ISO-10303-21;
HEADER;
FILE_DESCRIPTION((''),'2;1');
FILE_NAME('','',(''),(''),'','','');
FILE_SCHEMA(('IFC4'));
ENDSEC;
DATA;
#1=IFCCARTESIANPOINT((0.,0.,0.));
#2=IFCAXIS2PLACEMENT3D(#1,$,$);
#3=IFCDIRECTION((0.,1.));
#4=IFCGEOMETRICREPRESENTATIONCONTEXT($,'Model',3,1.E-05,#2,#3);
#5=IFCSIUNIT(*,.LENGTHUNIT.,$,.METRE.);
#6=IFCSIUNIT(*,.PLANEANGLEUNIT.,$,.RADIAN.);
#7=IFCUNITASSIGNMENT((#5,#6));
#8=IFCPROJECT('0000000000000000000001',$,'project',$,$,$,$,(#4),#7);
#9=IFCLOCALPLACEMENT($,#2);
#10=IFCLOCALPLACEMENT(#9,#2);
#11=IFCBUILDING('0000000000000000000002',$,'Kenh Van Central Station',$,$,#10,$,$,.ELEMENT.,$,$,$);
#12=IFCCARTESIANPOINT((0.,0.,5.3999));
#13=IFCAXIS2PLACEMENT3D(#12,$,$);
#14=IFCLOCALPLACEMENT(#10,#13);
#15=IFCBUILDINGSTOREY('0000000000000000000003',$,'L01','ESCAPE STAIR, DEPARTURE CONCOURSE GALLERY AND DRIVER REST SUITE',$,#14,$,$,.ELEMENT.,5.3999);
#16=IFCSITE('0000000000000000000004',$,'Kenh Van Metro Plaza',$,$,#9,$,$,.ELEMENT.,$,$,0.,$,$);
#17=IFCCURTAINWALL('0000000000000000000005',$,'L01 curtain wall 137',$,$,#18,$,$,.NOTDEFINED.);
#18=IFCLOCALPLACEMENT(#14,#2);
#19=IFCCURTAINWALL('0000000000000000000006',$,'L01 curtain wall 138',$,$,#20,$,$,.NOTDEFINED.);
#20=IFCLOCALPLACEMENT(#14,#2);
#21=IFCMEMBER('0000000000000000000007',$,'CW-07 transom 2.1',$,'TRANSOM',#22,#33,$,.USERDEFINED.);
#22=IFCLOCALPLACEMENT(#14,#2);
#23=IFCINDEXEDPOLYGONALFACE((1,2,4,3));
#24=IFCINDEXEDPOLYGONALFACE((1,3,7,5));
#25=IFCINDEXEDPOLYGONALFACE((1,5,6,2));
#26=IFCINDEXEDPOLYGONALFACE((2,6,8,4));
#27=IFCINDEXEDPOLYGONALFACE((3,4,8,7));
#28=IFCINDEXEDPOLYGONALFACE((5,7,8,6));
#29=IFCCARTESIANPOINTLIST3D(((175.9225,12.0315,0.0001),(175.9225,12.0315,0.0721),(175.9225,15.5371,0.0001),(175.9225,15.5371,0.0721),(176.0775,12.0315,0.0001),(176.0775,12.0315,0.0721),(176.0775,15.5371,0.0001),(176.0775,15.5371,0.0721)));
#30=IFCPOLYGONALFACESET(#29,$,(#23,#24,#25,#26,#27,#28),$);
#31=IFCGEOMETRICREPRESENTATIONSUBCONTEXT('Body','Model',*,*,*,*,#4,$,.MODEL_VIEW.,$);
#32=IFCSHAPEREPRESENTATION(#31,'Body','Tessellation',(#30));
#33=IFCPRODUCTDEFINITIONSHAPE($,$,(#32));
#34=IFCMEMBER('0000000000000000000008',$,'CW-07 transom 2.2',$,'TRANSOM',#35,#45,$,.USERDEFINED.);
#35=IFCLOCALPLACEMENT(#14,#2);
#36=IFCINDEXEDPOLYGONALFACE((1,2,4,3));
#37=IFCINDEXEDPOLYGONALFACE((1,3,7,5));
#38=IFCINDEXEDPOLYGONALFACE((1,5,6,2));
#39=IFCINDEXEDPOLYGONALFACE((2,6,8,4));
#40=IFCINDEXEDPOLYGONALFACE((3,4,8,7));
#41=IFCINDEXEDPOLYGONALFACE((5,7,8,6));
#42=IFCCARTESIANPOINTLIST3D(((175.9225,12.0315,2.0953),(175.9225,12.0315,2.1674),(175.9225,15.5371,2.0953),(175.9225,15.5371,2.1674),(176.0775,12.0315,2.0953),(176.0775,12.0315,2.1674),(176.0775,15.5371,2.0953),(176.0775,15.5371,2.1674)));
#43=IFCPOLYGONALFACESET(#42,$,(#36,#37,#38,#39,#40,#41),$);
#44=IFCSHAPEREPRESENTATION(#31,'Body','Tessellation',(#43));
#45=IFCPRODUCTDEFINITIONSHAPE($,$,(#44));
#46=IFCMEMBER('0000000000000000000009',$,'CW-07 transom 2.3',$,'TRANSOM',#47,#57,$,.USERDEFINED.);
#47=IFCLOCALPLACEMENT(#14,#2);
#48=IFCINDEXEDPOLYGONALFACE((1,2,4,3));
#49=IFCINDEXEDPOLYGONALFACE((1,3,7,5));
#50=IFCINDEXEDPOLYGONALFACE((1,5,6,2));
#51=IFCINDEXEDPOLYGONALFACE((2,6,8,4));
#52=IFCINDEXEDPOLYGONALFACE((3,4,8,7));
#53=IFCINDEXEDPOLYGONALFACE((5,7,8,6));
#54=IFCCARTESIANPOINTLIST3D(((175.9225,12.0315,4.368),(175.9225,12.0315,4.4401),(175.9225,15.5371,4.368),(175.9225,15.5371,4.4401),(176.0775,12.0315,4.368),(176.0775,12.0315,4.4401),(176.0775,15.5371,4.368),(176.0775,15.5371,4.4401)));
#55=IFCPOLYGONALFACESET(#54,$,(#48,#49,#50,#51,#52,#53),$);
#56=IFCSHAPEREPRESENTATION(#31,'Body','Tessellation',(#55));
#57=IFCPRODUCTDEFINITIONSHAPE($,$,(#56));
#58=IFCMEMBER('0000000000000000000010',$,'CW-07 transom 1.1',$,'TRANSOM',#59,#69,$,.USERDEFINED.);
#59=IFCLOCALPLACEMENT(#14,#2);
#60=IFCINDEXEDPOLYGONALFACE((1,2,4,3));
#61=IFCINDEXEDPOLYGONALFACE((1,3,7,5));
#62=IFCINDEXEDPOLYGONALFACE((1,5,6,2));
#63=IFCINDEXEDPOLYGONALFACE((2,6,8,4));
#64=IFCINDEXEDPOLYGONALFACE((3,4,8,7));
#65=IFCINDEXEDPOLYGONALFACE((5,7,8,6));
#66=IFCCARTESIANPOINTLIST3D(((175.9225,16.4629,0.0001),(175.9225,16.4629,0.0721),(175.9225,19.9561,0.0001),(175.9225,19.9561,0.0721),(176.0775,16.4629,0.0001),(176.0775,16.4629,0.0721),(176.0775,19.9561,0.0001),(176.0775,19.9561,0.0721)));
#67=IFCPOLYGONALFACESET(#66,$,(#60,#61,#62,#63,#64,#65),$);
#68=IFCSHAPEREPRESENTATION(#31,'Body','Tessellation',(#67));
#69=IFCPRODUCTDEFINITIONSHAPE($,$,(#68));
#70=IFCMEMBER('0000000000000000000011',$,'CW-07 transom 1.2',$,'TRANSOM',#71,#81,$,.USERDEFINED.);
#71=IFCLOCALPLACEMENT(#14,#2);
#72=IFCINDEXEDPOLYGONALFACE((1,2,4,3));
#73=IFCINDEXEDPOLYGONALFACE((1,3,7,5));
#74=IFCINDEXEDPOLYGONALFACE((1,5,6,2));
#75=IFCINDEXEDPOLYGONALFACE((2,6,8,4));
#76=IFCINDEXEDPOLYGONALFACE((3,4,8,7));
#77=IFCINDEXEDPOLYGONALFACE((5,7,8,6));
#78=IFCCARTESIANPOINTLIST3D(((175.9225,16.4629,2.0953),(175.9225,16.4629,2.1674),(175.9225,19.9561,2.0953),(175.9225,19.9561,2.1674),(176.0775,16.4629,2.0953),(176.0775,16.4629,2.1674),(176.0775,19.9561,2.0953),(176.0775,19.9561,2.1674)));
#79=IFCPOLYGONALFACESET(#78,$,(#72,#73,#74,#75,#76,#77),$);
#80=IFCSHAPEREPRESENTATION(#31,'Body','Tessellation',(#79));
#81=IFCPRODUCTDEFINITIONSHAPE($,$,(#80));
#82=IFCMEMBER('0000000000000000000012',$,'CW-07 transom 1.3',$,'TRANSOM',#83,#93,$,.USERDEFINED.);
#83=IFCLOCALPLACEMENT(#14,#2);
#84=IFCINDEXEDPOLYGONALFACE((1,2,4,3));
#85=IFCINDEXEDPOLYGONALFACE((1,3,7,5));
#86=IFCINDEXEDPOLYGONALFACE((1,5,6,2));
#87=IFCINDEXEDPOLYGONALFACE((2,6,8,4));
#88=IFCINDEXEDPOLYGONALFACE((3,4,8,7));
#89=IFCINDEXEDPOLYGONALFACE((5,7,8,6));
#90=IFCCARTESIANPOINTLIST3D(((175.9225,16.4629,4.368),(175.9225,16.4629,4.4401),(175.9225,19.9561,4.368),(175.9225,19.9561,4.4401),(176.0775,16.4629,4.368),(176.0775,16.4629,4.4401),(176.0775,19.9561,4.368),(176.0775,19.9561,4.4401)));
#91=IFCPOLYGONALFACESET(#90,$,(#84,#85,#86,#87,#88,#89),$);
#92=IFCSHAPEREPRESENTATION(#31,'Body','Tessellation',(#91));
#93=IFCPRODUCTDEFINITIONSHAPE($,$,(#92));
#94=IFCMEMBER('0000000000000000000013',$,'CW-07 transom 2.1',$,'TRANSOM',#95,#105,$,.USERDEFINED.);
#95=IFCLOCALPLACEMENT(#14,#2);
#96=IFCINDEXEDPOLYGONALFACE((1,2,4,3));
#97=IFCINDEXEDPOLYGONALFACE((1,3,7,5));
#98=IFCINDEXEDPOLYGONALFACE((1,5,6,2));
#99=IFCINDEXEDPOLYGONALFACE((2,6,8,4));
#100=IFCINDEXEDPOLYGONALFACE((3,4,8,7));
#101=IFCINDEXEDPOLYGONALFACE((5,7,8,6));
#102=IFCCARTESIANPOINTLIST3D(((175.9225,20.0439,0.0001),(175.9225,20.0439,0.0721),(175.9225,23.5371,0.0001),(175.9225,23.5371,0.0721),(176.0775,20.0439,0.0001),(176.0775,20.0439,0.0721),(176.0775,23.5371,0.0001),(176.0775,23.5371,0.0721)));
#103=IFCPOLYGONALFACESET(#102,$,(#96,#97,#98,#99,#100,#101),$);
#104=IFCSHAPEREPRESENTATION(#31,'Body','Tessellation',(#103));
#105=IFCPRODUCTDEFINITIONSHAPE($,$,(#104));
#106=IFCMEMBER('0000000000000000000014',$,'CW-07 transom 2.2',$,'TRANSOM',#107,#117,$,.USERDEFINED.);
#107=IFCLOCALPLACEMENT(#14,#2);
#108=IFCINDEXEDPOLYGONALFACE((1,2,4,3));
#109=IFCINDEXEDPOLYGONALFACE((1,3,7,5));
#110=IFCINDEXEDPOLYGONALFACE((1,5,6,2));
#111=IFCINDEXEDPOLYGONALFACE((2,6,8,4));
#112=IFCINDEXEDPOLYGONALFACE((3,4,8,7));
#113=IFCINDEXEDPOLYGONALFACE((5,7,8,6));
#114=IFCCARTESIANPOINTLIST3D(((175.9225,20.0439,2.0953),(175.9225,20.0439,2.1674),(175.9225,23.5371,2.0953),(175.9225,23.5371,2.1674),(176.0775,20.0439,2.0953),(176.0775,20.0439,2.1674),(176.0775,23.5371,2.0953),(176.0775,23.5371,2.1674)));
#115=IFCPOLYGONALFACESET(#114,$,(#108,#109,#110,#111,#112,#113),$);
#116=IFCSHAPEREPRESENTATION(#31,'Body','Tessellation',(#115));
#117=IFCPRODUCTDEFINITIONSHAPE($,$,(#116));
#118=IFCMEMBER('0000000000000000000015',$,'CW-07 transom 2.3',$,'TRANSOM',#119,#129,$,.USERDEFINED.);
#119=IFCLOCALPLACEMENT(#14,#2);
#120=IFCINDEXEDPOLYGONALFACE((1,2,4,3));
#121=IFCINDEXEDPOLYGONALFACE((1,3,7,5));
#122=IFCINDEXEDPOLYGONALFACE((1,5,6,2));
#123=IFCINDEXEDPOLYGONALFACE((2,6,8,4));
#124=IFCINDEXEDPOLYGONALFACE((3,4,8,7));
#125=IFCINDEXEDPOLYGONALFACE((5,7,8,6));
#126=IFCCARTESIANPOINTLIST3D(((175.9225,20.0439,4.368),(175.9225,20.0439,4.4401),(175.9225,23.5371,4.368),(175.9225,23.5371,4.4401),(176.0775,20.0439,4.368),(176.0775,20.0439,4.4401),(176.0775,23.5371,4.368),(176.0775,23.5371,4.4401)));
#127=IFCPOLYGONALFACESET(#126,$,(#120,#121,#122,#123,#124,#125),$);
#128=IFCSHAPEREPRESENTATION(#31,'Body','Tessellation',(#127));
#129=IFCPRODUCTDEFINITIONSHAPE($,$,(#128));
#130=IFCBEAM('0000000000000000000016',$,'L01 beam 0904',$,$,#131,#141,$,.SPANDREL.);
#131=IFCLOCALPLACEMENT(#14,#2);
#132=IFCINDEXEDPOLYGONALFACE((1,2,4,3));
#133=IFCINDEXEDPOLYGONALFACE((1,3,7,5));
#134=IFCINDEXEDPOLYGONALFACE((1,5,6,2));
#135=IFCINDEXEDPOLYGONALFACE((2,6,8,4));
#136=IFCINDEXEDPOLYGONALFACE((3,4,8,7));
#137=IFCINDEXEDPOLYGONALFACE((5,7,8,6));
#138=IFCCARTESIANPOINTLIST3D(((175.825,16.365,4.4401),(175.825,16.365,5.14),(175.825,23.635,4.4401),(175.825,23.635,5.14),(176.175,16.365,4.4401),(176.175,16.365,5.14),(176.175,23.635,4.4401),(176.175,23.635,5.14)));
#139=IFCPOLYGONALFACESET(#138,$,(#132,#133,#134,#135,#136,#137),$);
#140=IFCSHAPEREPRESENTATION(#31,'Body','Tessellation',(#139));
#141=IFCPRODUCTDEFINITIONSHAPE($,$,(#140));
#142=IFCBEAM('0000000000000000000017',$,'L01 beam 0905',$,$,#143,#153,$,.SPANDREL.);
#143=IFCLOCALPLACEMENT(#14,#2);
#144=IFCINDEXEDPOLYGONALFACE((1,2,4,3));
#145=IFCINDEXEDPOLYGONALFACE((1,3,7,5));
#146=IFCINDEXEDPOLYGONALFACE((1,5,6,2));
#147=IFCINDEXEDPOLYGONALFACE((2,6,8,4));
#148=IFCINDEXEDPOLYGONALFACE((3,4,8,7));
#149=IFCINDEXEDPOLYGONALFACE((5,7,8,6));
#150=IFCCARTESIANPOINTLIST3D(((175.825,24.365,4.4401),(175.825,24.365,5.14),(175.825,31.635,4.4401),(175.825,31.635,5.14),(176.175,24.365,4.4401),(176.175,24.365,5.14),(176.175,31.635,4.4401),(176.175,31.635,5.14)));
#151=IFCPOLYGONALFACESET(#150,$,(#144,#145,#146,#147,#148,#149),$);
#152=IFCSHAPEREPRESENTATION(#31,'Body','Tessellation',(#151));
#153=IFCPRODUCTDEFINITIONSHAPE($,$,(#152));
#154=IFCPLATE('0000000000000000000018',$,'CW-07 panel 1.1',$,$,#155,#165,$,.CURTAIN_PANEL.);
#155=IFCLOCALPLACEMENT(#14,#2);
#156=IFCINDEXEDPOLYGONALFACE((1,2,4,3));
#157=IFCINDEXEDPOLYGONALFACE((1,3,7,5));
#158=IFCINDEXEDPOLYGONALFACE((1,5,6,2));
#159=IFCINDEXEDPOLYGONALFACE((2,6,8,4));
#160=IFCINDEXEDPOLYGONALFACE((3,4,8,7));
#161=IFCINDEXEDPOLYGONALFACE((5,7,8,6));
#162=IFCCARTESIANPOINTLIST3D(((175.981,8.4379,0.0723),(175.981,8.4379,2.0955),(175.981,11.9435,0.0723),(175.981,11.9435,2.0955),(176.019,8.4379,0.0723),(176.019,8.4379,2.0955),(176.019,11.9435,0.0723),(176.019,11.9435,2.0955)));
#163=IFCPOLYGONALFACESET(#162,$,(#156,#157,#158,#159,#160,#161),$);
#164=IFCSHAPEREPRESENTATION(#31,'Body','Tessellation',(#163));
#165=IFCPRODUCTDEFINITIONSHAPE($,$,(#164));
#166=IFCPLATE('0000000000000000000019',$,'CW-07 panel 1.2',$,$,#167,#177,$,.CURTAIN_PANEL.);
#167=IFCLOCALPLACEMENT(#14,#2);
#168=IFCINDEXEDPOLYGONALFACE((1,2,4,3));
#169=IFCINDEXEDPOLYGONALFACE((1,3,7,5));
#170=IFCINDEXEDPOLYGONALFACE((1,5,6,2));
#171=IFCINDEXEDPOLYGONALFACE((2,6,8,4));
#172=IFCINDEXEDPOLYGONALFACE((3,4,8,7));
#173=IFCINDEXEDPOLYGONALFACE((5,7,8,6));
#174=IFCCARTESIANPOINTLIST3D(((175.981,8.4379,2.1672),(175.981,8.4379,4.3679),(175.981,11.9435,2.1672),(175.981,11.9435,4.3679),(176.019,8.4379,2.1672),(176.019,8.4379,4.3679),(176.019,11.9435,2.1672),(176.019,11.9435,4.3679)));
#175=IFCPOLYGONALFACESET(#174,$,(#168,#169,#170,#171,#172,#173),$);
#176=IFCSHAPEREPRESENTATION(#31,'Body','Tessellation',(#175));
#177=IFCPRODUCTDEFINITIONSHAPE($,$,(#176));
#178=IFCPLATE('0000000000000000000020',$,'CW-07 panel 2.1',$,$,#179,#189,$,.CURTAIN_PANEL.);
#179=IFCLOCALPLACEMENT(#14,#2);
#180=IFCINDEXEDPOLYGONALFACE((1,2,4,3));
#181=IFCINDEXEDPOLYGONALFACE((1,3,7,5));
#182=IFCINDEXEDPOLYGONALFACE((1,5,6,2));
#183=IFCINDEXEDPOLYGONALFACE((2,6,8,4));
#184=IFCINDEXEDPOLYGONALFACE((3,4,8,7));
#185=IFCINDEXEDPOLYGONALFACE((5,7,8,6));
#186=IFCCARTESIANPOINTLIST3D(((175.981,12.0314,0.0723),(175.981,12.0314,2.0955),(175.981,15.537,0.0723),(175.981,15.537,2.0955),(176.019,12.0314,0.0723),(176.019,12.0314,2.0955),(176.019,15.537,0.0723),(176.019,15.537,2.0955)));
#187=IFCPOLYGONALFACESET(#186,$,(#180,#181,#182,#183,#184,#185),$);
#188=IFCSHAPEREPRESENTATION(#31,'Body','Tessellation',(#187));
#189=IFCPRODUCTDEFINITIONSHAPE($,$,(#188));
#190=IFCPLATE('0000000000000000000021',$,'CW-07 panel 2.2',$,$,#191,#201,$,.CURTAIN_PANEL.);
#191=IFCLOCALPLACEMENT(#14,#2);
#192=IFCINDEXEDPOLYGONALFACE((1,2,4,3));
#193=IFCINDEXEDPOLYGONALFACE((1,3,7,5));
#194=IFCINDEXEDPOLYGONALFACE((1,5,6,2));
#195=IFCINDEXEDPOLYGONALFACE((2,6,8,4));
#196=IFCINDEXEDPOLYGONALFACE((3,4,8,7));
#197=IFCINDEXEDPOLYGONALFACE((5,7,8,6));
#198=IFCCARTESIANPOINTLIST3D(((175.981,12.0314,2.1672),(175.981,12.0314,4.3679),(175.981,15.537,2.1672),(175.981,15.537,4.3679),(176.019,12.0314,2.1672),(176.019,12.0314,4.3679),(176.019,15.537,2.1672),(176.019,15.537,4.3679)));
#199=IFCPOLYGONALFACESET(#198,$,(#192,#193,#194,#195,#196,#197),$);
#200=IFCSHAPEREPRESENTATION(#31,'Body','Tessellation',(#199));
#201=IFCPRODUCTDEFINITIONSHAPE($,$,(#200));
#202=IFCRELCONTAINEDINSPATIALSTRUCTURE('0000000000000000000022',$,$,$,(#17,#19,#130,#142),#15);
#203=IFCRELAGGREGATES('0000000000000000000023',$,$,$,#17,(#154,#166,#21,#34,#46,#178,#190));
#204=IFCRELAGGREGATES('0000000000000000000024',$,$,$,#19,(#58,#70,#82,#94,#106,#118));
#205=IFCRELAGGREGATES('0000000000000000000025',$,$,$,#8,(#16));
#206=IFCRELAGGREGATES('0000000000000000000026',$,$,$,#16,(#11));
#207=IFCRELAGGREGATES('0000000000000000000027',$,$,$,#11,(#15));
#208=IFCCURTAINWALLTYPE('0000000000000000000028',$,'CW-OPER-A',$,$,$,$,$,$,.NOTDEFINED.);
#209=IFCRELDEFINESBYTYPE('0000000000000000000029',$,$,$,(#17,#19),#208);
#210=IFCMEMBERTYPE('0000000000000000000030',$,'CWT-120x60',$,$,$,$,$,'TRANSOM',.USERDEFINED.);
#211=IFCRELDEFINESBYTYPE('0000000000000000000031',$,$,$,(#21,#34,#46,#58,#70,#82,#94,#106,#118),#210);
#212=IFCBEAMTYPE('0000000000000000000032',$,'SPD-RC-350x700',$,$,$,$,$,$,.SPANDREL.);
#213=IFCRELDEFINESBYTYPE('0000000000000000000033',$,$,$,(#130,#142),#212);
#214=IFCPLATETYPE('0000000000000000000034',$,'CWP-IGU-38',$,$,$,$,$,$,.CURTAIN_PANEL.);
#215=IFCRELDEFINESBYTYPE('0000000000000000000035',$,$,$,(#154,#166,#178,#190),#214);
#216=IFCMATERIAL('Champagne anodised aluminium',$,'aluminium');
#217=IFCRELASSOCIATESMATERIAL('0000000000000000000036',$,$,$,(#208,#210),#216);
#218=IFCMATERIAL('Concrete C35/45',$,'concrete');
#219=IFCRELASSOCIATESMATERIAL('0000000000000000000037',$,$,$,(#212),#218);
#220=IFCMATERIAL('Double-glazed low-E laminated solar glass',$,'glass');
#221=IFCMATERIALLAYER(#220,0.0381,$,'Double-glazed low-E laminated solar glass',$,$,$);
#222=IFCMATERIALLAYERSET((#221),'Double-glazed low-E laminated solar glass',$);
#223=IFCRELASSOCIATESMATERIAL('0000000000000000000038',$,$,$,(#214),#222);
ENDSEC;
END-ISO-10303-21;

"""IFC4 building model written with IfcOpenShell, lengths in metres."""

from ifc_helpers import new_model, si_unit, direction, frame, origin, origin_2d, place, context, subcontext, project, spatial, rectangle, extrude, material, layer, layer_set, material_profile, profile_set, type_object, element, aggregate, save


model = new_model("IFC4")

# Units and contexts
model_context = context("Model", 3, precision=1e-05, world=origin(), true_north=direction((0.0, 1.0)))
body_context = subcontext(model_context, "Body", "Model", "MODEL_VIEW")
ifc_project = project(units=[si_unit("LENGTHUNIT", "METRE"), si_unit("PLANEANGLEUNIT", "RADIAN")], contexts=[model_context])

# Site, building, storey
site_placement = place(None, origin())
site = spatial("IfcSite", under=ifc_project, at=site_placement, Name="Kenh Van Metro Plaza", CompositionType="ELEMENT", RefElevation=0.0)
building_placement = place(site_placement, origin())
building = spatial("IfcBuilding", under=site, at=building_placement, Name="Kenh Van Central Station", CompositionType="ELEMENT")
storey_placement = place(building_placement, frame((0.0, 0.0, 5.3999)))
storey = spatial("IfcBuildingStorey", under=building, at=storey_placement, Name="L01", Description="ESCAPE STAIR, DEPARTURE CONCOURSE GALLERY AND DRIVER REST SUITE", CompositionType="ELEMENT", Elevation=5.3999)

# Shared definitions
ifc_material_1 = material(Name="Concrete C35/45", Category="concrete")

# Curtain walls
ifc_material_2 = material(Name="Champagne anodised aluminium", Category="aluminium")
curtain_wall_type = type_object("IfcCurtainWallType", Name="CW-OPER-A", PredefinedType="NOTDEFINED", material=ifc_material_2)
curtain_wall_1_placement = place(storey_placement, origin())
curtain_wall_1 = element("IfcCurtainWall", 1, at=curtain_wall_1_placement, inside=storey, type_object=curtain_wall_type, Name="L01 curtain wall 137", PredefinedType="NOTDEFINED")
curtain_wall_2_placement = place(storey_placement, origin())
curtain_wall_2 = element("IfcCurtainWall", 2, at=curtain_wall_2_placement, inside=storey, type_object=curtain_wall_type, Name="L01 curtain wall 138", PredefinedType="NOTDEFINED")

# Members
ifc_material_profile_1 = material_profile(ifc_material_2, rectangle(XDim=0.155, YDim=0.072, at=origin_2d()), Name="AL 155x72")
ifc_profile_set_1 = profile_set([ifc_material_profile_1], Name="Champagne anodised aluminium")
member_type_1 = type_object("IfcMemberType", Name="CWT-120x60", ElementType="TRANSOM", PredefinedType="USERDEFINED", material=ifc_profile_set_1)
member_1_placement = place(storey_placement, frame((176.0, 12.0315, 0.0361), z_axis=(0.0, 1.0, 0.0), x_axis=(-1.0, 0.0, 0.0)))
member_1 = element("IfcMember", 3, at=member_1_placement, type_object=member_type_1, Name="CW-07 transom 2.1", ObjectType="TRANSOM", PredefinedType="USERDEFINED", context=body_context, shape_type="SweptSolid", body=[
    extrude(rectangle(XDim=0.155, YDim=0.072, at=origin_2d()), origin(), (0.0, 0.0, 1.0), 3.5056),
])
member_2_placement = place(storey_placement, frame((176.0, 12.0315, 2.1313), z_axis=(0.0, 1.0, 0.0), x_axis=(-1.0, 0.0, 0.0)))
member_2 = element("IfcMember", 4, at=member_2_placement, type_object=member_type_1, Name="CW-07 transom 2.2", ObjectType="TRANSOM", PredefinedType="USERDEFINED", context=body_context, shape_type="SweptSolid", body=[
    extrude(rectangle(XDim=0.155, YDim=0.072, at=origin_2d()), origin(), (0.0, 0.0, 1.0), 3.5056),
])
member_3_placement = place(storey_placement, frame((176.0, 12.0315, 4.4041), z_axis=(0.0, 1.0, 0.0), x_axis=(-1.0, 0.0, 0.0)))
member_3 = element("IfcMember", 5, at=member_3_placement, type_object=member_type_1, Name="CW-07 transom 2.3", ObjectType="TRANSOM", PredefinedType="USERDEFINED", context=body_context, shape_type="SweptSolid", body=[
    extrude(rectangle(XDim=0.155, YDim=0.072, at=origin_2d()), origin(), (0.0, 0.0, 1.0), 3.5056),
])
member_4_placement = place(storey_placement, frame((176.0, 16.4629, 0.0361), z_axis=(0.0, 1.0, 0.0), x_axis=(-1.0, 0.0, 0.0)))
member_4 = element("IfcMember", 6, at=member_4_placement, type_object=member_type_1, Name="CW-07 transom 1.1", ObjectType="TRANSOM", PredefinedType="USERDEFINED", context=body_context, shape_type="SweptSolid", body=[
    extrude(rectangle(XDim=0.155, YDim=0.072, at=origin_2d()), origin(), (0.0, 0.0, 1.0), 3.4932),
])
member_5_placement = place(storey_placement, frame((176.0, 16.4629, 2.1313), z_axis=(0.0, 1.0, 0.0), x_axis=(-1.0, 0.0, 0.0)))
member_5 = element("IfcMember", 7, at=member_5_placement, type_object=member_type_1, Name="CW-07 transom 1.2", ObjectType="TRANSOM", PredefinedType="USERDEFINED", context=body_context, shape_type="SweptSolid", body=[
    extrude(rectangle(XDim=0.155, YDim=0.072, at=origin_2d()), origin(), (0.0, 0.0, 1.0), 3.4932),
])
member_6_placement = place(storey_placement, frame((176.0, 16.4629, 4.4041), z_axis=(0.0, 1.0, 0.0), x_axis=(-1.0, 0.0, 0.0)))
member_6 = element("IfcMember", 8, at=member_6_placement, type_object=member_type_1, Name="CW-07 transom 1.3", ObjectType="TRANSOM", PredefinedType="USERDEFINED", context=body_context, shape_type="SweptSolid", body=[
    extrude(rectangle(XDim=0.155, YDim=0.072, at=origin_2d()), origin(), (0.0, 0.0, 1.0), 3.4932),
])
member_7_placement = place(storey_placement, frame((176.0, 20.0439, 0.0361), z_axis=(0.0, 1.0, 0.0), x_axis=(-1.0, 0.0, 0.0)))
member_7 = element("IfcMember", 9, at=member_7_placement, type_object=member_type_1, Name="CW-07 transom 2.1", ObjectType="TRANSOM", PredefinedType="USERDEFINED", context=body_context, shape_type="SweptSolid", body=[
    extrude(rectangle(XDim=0.155, YDim=0.072, at=origin_2d()), origin(), (0.0, 0.0, 1.0), 3.4932),
])
member_8_placement = place(storey_placement, frame((176.0, 20.0439, 2.1313), z_axis=(0.0, 1.0, 0.0), x_axis=(-1.0, 0.0, 0.0)))
member_8 = element("IfcMember", 10, at=member_8_placement, type_object=member_type_1, Name="CW-07 transom 2.2", ObjectType="TRANSOM", PredefinedType="USERDEFINED", context=body_context, shape_type="SweptSolid", body=[
    extrude(rectangle(XDim=0.155, YDim=0.072, at=origin_2d()), origin(), (0.0, 0.0, 1.0), 3.4932),
])
member_9_placement = place(storey_placement, frame((176.0, 20.0439, 4.4041), z_axis=(0.0, 1.0, 0.0), x_axis=(-1.0, 0.0, 0.0)))
member_9 = element("IfcMember", 11, at=member_9_placement, type_object=member_type_1, Name="CW-07 transom 2.3", ObjectType="TRANSOM", PredefinedType="USERDEFINED", context=body_context, shape_type="SweptSolid", body=[
    extrude(rectangle(XDim=0.155, YDim=0.072, at=origin_2d()), origin(), (0.0, 0.0, 1.0), 3.4932),
])

# Beams
ifc_material_profile_2 = material_profile(ifc_material_1, rectangle(XDim=0.3501, YDim=0.7, at=origin_2d()), Name="RC 350x700")
ifc_profile_set_2 = profile_set([ifc_material_profile_2], Name="Concrete C35/45")
beam_type_1 = type_object("IfcBeamType", Name="SPD-RC-350x700", PredefinedType="SPANDREL", material=ifc_profile_set_2)
for number, where, z_axis, x_axis, name in (
    (12, (176.0, 16.365, 4.79), (0.0, 1.0, 0.0), (-1.0, 0.0, 0.0), "L01 beam 0904"),
    (13, (176.0, 24.365, 4.79), (0.0, 1.0, 0.0), (-1.0, 0.0, 0.0), "L01 beam 0905"),
):
    element("IfcBeam", number, at=place(storey_placement, frame(where, z_axis=z_axis, x_axis=x_axis)), inside=storey, type_object=beam_type_1, Name=name, PredefinedType="SPANDREL", context=body_context, shape_type="SweptSolid", body=[
        extrude(rectangle(XDim=0.3501, YDim=0.7, at=origin_2d()), origin(), (0.0, 0.0, 1.0), 7.27),
    ])

# Plates
ifc_material_3 = material(Name="Double-glazed low-E laminated solar glass", Category="glass")
ifc_layer_1 = layer(ifc_material_3, 0.0381, Name="Double-glazed low-E laminated solar glass")
ifc_layer_set_1 = layer_set([ifc_layer_1], Name="Double-glazed low-E laminated solar glass")
plate_type = type_object("IfcPlateType", Name="CWP-IGU-38", PredefinedType="CURTAIN_PANEL", material=ifc_layer_set_1)
plate_1_placement = place(storey_placement, frame((176.0, 10.1907, 0.0723), z_axis=(0.0, 0.0, 1.0), x_axis=(0.0, 1.0, 0.0)))
plate_1 = element("IfcPlate", 14, at=plate_1_placement, type_object=plate_type, Name="CW-07 panel 1.1", PredefinedType="CURTAIN_PANEL", context=body_context, shape_type="SweptSolid", body=[
    extrude(rectangle(XDim=3.5056, YDim=0.0381, at=origin_2d()), origin(), (0.0, 0.0, 1.0), 2.0232),
])
plate_2_placement = place(storey_placement, frame((176.0, 10.1907, 2.1672), z_axis=(0.0, 0.0, 1.0), x_axis=(0.0, 1.0, 0.0)))
plate_2 = element("IfcPlate", 15, at=plate_2_placement, type_object=plate_type, Name="CW-07 panel 1.2", PredefinedType="CURTAIN_PANEL", context=body_context, shape_type="SweptSolid", body=[
    extrude(rectangle(XDim=3.5056, YDim=0.0381, at=origin_2d()), origin(), (0.0, 0.0, 1.0), 2.2007),
])
plate_3_placement = place(storey_placement, frame((176.0, 13.7842, 0.0723), z_axis=(0.0, 0.0, 1.0), x_axis=(0.0, 1.0, 0.0)))
plate_3 = element("IfcPlate", 16, at=plate_3_placement, type_object=plate_type, Name="CW-07 panel 2.1", PredefinedType="CURTAIN_PANEL", context=body_context, shape_type="SweptSolid", body=[
    extrude(rectangle(XDim=3.5056, YDim=0.0381, at=origin_2d()), origin(), (0.0, 0.0, 1.0), 2.0232),
])
plate_4_placement = place(storey_placement, frame((176.0, 13.7842, 2.1672), z_axis=(0.0, 0.0, 1.0), x_axis=(0.0, 1.0, 0.0)))
plate_4 = element("IfcPlate", 17, at=plate_4_placement, type_object=plate_type, Name="CW-07 panel 2.2", PredefinedType="CURTAIN_PANEL", context=body_context, shape_type="SweptSolid", body=[
    extrude(rectangle(XDim=3.5056, YDim=0.0381, at=origin_2d()), origin(), (0.0, 0.0, 1.0), 2.2007),
])
aggregate(curtain_wall_1, [plate_1, plate_2, member_1, member_2, member_3, plate_3, plate_4])
aggregate(curtain_wall_2, [member_4, member_5, member_6, member_7, member_8, member_9])

save(model, "model.ifc")
